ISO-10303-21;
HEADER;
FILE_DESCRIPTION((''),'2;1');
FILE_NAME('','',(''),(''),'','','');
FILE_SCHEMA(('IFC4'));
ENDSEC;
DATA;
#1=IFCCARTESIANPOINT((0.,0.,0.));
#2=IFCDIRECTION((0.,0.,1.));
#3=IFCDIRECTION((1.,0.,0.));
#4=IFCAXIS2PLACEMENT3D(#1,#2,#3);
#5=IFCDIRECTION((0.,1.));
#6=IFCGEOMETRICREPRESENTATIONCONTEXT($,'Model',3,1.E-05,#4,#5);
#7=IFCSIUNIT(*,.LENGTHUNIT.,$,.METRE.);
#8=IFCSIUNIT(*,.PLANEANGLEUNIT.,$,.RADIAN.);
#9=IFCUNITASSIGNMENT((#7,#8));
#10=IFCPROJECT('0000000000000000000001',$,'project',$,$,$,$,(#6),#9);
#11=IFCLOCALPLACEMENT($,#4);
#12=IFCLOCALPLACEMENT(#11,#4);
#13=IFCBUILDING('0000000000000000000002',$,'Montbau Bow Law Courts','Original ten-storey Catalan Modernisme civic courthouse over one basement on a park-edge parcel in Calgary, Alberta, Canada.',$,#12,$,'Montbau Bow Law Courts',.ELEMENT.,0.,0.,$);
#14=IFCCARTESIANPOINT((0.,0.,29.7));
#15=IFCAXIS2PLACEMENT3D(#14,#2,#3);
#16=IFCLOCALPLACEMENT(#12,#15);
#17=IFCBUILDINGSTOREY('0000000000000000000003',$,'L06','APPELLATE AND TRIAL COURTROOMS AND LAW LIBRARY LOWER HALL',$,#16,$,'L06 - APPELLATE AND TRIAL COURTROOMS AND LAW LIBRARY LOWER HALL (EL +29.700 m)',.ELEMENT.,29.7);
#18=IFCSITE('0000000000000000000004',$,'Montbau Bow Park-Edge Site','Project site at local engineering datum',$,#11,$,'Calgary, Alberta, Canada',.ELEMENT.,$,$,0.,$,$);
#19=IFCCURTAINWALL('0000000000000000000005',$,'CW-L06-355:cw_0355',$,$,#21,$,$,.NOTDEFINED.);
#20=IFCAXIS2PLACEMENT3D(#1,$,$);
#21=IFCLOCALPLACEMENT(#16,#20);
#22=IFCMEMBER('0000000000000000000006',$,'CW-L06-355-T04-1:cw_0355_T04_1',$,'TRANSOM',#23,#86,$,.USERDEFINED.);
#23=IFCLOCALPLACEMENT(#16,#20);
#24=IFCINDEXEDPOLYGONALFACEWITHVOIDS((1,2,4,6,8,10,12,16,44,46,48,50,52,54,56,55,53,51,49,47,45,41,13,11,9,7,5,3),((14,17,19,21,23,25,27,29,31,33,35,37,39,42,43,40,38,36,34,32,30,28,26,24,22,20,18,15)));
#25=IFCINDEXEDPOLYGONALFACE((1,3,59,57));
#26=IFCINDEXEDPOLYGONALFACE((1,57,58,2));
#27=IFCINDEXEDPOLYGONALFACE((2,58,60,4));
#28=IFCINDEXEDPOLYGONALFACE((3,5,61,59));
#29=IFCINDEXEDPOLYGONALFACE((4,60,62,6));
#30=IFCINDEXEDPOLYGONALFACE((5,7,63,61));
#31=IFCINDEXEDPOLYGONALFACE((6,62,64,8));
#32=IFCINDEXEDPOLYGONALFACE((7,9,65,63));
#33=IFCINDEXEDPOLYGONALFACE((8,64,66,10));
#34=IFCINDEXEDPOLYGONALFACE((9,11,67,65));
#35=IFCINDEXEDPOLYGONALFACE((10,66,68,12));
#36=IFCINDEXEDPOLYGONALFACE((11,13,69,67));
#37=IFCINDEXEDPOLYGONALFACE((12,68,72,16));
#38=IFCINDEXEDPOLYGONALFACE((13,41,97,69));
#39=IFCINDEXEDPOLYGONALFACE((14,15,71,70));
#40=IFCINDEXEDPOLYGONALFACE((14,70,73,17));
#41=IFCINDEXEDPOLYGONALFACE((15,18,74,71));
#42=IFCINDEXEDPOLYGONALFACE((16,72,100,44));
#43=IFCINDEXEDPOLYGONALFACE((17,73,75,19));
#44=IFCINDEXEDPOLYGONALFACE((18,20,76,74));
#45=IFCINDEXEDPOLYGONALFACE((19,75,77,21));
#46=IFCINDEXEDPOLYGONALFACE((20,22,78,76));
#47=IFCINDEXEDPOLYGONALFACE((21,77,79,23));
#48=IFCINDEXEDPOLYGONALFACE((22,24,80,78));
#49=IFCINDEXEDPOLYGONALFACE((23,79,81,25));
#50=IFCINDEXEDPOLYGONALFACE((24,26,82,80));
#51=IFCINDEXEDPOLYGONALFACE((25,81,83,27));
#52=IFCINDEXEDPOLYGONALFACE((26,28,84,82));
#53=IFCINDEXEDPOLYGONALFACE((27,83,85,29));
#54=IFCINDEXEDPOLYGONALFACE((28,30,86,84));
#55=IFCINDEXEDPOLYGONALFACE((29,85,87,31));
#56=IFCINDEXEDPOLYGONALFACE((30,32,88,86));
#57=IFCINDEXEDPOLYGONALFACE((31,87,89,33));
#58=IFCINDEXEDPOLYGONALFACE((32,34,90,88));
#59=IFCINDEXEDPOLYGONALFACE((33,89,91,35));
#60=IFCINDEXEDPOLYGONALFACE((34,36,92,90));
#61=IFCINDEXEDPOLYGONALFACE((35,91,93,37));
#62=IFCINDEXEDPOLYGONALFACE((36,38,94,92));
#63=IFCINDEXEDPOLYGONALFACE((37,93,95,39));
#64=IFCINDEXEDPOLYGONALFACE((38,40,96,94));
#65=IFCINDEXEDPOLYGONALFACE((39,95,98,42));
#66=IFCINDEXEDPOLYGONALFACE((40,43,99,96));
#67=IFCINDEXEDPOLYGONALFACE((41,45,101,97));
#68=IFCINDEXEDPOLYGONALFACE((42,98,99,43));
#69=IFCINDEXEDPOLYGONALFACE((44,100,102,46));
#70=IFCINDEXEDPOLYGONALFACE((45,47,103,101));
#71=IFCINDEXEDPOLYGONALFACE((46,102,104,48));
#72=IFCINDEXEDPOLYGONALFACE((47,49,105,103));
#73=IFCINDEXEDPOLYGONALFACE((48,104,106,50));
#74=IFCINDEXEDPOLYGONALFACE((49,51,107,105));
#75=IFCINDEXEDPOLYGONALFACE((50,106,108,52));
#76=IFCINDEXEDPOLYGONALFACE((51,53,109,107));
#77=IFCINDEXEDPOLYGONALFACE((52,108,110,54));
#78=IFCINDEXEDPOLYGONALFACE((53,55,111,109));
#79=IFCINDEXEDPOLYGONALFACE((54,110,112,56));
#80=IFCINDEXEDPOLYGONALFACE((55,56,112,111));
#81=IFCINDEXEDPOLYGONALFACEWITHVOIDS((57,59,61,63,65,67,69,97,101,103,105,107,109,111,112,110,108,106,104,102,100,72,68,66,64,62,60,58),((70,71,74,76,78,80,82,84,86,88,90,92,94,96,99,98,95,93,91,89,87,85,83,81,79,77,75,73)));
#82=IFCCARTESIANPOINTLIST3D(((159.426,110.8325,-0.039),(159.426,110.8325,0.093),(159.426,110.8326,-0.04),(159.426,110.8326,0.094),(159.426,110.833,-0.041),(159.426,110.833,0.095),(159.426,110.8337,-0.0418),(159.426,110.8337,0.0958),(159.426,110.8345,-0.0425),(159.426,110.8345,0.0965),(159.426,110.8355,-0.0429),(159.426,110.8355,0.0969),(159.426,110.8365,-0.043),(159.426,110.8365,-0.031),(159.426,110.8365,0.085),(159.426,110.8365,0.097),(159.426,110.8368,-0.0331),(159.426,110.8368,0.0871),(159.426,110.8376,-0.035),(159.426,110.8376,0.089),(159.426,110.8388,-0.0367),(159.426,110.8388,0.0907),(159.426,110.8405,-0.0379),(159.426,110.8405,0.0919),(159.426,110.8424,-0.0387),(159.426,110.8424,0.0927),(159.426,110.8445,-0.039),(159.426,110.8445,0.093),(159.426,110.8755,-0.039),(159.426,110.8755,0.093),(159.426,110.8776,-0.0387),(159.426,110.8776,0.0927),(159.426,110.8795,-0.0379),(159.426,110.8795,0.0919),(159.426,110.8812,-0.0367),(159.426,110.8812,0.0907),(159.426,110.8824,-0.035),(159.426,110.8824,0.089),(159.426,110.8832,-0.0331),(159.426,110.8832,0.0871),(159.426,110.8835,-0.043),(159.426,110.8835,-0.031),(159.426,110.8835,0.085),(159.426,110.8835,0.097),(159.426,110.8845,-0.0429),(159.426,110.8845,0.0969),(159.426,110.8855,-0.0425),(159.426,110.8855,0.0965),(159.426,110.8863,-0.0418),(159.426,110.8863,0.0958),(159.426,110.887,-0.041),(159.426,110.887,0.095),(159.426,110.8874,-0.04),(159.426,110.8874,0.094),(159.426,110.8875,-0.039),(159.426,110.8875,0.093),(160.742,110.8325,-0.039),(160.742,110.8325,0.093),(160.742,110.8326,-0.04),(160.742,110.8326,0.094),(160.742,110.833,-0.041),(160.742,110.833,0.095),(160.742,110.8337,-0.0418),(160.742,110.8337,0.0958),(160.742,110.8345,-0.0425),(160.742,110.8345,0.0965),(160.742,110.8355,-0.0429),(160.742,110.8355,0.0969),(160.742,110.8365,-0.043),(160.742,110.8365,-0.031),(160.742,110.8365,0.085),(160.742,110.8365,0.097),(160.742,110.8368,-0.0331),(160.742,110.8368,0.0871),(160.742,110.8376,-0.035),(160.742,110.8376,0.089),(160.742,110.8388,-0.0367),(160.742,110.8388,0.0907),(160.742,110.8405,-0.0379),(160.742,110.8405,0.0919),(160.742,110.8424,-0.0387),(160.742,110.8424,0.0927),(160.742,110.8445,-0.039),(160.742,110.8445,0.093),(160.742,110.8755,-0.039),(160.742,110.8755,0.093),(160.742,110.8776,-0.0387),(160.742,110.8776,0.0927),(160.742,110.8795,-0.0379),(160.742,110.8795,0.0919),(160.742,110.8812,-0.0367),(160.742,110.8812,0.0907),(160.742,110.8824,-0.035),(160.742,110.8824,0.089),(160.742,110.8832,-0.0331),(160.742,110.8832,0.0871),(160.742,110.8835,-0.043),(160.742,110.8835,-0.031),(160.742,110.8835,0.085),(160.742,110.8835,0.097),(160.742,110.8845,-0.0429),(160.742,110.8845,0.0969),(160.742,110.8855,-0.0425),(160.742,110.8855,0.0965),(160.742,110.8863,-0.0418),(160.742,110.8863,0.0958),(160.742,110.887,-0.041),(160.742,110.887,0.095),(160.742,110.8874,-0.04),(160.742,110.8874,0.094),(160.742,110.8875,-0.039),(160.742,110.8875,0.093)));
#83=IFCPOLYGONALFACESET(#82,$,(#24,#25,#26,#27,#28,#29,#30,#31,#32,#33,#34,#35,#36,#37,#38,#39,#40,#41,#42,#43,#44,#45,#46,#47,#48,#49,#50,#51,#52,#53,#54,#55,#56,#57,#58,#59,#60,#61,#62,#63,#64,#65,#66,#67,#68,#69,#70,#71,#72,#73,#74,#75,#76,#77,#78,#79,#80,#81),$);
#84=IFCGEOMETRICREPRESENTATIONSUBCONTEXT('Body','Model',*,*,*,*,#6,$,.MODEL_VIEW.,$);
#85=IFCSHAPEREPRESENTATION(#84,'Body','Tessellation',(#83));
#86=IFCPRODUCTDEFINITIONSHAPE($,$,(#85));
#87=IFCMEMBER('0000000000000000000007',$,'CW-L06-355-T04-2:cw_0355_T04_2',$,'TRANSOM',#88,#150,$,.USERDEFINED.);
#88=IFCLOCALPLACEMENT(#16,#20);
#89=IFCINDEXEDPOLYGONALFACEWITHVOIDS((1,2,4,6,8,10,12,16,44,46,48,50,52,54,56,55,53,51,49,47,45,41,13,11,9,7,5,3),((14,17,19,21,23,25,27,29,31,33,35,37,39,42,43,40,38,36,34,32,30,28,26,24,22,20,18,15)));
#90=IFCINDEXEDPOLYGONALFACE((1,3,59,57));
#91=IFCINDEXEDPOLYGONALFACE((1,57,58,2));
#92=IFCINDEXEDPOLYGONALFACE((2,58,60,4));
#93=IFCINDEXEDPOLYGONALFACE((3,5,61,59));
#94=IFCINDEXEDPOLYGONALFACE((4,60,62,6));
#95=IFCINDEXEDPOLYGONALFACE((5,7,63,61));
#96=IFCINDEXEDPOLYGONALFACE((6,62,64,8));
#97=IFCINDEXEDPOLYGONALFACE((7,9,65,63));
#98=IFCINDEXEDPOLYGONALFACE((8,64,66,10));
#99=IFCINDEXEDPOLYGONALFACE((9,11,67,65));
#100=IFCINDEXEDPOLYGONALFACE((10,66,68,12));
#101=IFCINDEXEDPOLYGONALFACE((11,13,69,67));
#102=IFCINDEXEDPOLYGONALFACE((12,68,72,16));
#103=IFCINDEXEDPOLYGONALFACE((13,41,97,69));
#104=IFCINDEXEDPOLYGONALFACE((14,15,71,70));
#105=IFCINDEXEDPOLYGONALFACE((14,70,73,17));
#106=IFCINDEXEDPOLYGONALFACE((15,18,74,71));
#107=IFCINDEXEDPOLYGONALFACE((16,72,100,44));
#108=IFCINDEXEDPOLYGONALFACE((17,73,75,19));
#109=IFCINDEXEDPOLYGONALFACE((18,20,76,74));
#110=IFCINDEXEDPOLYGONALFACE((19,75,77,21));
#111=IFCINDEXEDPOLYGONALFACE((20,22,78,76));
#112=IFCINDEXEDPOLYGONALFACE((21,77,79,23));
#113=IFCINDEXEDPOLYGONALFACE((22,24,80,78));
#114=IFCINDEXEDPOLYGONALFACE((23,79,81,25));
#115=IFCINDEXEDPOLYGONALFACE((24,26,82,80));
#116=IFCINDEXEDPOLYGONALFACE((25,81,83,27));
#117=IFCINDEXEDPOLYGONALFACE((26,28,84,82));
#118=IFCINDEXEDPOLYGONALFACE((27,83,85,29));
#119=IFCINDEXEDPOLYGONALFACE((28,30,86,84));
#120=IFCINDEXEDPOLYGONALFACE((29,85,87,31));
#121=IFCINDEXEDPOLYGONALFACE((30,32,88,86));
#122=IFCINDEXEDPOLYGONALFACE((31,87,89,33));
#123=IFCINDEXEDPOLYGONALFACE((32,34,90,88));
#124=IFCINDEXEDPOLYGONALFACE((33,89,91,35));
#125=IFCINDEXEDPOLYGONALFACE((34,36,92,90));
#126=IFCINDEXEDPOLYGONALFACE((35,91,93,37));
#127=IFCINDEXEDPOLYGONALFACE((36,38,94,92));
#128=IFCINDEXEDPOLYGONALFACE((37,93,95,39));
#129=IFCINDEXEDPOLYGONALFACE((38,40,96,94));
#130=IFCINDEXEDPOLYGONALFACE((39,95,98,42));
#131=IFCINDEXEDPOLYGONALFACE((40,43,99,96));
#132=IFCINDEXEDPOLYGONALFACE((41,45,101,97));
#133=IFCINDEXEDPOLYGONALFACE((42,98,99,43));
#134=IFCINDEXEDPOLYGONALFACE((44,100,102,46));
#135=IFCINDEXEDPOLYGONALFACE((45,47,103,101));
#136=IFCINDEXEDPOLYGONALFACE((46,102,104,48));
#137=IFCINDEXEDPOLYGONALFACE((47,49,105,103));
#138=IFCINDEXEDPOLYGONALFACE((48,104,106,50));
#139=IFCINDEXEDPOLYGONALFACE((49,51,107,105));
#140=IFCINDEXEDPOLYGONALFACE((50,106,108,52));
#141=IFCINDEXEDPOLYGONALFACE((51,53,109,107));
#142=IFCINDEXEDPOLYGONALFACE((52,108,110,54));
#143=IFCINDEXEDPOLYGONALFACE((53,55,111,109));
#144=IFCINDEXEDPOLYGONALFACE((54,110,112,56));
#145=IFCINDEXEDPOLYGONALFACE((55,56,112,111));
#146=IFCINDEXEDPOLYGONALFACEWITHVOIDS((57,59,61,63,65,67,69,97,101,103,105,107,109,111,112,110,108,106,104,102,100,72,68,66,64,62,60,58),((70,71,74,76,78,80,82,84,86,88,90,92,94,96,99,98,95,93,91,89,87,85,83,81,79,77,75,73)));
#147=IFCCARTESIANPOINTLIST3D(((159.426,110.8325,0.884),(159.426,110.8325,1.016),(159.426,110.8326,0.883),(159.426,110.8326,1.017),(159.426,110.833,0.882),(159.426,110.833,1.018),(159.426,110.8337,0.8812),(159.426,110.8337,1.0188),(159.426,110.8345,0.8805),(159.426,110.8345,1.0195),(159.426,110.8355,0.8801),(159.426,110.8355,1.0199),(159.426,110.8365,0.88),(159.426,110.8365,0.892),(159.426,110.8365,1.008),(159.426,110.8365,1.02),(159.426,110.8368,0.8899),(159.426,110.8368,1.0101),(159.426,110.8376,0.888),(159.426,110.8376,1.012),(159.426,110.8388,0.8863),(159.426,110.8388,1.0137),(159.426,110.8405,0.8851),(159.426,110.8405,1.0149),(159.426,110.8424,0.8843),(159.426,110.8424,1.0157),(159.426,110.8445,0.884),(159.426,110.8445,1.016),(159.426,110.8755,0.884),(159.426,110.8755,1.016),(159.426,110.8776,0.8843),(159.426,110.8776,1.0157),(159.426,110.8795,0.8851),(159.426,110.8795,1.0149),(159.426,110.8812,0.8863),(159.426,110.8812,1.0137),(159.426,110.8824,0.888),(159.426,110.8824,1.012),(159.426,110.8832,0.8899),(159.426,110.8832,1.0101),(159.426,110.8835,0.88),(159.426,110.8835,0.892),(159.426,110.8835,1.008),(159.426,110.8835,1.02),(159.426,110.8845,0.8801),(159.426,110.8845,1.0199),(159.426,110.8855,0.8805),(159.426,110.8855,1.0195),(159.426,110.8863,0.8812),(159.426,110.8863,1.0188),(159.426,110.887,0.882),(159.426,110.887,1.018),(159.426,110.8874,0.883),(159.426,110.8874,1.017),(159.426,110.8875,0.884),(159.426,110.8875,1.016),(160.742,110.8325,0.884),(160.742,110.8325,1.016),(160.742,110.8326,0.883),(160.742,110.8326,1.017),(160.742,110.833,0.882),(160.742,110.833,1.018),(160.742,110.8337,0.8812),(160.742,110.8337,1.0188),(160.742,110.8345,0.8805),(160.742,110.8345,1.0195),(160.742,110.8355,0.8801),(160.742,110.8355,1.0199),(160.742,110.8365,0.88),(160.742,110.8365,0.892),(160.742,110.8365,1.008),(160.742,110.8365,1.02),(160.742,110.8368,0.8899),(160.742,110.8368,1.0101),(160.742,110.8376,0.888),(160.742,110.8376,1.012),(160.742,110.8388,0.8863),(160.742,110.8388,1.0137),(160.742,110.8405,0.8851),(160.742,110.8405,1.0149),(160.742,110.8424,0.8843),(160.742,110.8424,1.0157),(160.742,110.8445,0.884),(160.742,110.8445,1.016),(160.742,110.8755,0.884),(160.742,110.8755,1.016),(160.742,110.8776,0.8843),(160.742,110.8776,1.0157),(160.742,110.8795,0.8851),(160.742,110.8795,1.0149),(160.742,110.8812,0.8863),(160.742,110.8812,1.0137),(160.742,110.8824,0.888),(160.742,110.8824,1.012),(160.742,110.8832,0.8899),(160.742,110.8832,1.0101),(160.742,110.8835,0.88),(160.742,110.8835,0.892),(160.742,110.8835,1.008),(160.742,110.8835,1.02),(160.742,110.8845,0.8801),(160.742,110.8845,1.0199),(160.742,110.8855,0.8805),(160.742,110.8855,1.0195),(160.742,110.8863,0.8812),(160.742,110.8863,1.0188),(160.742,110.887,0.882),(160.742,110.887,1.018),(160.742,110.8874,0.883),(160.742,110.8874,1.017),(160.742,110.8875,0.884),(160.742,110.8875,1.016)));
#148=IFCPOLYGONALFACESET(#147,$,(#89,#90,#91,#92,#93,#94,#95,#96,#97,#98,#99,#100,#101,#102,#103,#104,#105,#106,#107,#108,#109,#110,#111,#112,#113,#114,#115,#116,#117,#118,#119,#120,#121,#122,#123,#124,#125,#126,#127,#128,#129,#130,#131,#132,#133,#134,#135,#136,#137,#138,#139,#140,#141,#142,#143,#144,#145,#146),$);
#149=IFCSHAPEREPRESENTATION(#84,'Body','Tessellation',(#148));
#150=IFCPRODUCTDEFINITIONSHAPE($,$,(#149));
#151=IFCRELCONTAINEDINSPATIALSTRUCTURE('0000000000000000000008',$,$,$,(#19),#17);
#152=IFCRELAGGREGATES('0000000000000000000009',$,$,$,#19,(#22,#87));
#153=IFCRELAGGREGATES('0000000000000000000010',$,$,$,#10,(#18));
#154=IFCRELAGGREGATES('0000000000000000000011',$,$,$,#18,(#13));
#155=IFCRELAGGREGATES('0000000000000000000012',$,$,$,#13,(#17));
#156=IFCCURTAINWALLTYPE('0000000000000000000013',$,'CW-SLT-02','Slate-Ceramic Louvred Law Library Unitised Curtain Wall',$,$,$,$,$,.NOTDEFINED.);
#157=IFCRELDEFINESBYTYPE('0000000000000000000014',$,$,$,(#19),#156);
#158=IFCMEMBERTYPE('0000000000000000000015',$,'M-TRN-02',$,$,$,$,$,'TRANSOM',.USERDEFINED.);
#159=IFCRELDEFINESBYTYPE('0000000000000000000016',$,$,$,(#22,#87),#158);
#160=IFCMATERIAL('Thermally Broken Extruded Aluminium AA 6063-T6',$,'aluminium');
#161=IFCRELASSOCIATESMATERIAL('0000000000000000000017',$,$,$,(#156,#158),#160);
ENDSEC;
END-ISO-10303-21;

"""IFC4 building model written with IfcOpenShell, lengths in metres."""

from ifc_helpers import new_model, si_unit, direction, frame, origin_with_axes, origin_2d_with_axis, place, context, subcontext, project, spatial, hollow_rectangle, extrude, material, material_profile, profile_set, type_object, element, aggregate, save


model = new_model("IFC4")

# Units and contexts
model_context = context("Model", 3, precision=1e-05, world=origin_with_axes(), true_north=direction((0.0, 1.0)))
body_context = subcontext(model_context, "Body", "Model", "MODEL_VIEW")
ifc_project = project(units=[si_unit("LENGTHUNIT", "METRE"), si_unit("PLANEANGLEUNIT", "RADIAN")], contexts=[model_context])

# Site, building, storey
site_placement = place(None, origin_with_axes())
site = spatial("IfcSite", under=ifc_project, at=site_placement, Name="Montbau Bow Park-Edge Site", Description="Project site at local engineering datum", LongName="Calgary, Alberta, Canada", CompositionType="ELEMENT", RefElevation=0.0)
building_placement = place(site_placement, origin_with_axes())
building = spatial("IfcBuilding", under=site, at=building_placement, Name="Montbau Bow Law Courts", Description="Original ten-storey Catalan Modernisme civic courthouse over one basement on a park-edge parcel in Calgary, Alberta, Canada.", LongName="Montbau Bow Law Courts", CompositionType="ELEMENT", ElevationOfRefHeight=0.0, ElevationOfTerrain=0.0)
storey_placement = place(building_placement, frame((0.0, 0.0, 29.7), z_axis=(0.0, 0.0, 1.0), x_axis=(1.0, 0.0, 0.0)))
storey = spatial("IfcBuildingStorey", under=building, at=storey_placement, Name="L06", Description="APPELLATE AND TRIAL COURTROOMS AND LAW LIBRARY LOWER HALL", LongName="L06 - APPELLATE AND TRIAL COURTROOMS AND LAW LIBRARY LOWER HALL (EL +29.700 m)", CompositionType="ELEMENT", Elevation=29.7)

# Curtain wall, members
ifc_material_1 = material(Name="Thermally Broken Extruded Aluminium AA 6063-T6", Category="aluminium")
curtain_wall_type = type_object("IfcCurtainWallType", Name="CW-SLT-02", Description="Slate-Ceramic Louvred Law Library Unitised Curtain Wall", PredefinedType="NOTDEFINED", material=ifc_material_1)
curtain_wall_placement = place(None, frame((155.24, 110.86, 29.7), z_axis=(0.0, 0.0, 1.0), x_axis=(1.0, 0.0, 0.0)))
curtain_wall = element("IfcCurtainWall", 1, at=curtain_wall_placement, inside=storey, type_object=curtain_wall_type, Name="CW-L06-355:cw_0355", PredefinedType="NOTDEFINED")
ifc_material_profile_1 = material_profile(ifc_material_1, hollow_rectangle(XDim=0.055, YDim=0.14, WallThickness=0.004, InnerFilletRadius=0.008, OuterFilletRadius=0.004, at=origin_2d_with_axis()), Name="CWT-140X55", Category="Main", Priority=0)
ifc_profile_set_1 = profile_set([ifc_material_profile_1], Name="Thermally Broken Extruded Aluminium AA 6063-T6")
member_type_1 = type_object("IfcMemberType", Name="M-TRN-02", ElementType="TRANSOM", PredefinedType="USERDEFINED", material=ifc_profile_set_1)
member_1_placement = place(None, frame((159.426, 110.86, 29.727), z_axis=(1.0, 0.0, 0.0), x_axis=(0.0, 1.0, 0.0)))
member_1 = element("IfcMember", 2, at=member_1_placement, type_object=member_type_1, Name="CW-L06-355-T04-1:cw_0355_T04_1", ObjectType="TRANSOM", PredefinedType="USERDEFINED", context=body_context, shape_type="SweptSolid", body=[
    extrude(hollow_rectangle(XDim=0.055, YDim=0.14, WallThickness=0.004, InnerFilletRadius=0.008, OuterFilletRadius=0.004, at=origin_2d_with_axis()), origin_with_axes(), (0.0, 0.0, 1.0), 1.316),
])
member_2_placement = place(None, frame((159.426, 110.86, 30.65), z_axis=(1.0, 0.0, 0.0), x_axis=(0.0, 1.0, 0.0)))
member_2 = element("IfcMember", 3, at=member_2_placement, type_object=member_type_1, Name="CW-L06-355-T04-2:cw_0355_T04_2", ObjectType="TRANSOM", PredefinedType="USERDEFINED", context=body_context, shape_type="SweptSolid", body=[
    extrude(hollow_rectangle(XDim=0.055, YDim=0.14, WallThickness=0.004, InnerFilletRadius=0.008, OuterFilletRadius=0.004, at=origin_2d_with_axis()), origin_with_axes(), (0.0, 0.0, 1.0), 1.316),
])
aggregate(curtain_wall, [member_1, member_2])

save(model, "model.ifc")
